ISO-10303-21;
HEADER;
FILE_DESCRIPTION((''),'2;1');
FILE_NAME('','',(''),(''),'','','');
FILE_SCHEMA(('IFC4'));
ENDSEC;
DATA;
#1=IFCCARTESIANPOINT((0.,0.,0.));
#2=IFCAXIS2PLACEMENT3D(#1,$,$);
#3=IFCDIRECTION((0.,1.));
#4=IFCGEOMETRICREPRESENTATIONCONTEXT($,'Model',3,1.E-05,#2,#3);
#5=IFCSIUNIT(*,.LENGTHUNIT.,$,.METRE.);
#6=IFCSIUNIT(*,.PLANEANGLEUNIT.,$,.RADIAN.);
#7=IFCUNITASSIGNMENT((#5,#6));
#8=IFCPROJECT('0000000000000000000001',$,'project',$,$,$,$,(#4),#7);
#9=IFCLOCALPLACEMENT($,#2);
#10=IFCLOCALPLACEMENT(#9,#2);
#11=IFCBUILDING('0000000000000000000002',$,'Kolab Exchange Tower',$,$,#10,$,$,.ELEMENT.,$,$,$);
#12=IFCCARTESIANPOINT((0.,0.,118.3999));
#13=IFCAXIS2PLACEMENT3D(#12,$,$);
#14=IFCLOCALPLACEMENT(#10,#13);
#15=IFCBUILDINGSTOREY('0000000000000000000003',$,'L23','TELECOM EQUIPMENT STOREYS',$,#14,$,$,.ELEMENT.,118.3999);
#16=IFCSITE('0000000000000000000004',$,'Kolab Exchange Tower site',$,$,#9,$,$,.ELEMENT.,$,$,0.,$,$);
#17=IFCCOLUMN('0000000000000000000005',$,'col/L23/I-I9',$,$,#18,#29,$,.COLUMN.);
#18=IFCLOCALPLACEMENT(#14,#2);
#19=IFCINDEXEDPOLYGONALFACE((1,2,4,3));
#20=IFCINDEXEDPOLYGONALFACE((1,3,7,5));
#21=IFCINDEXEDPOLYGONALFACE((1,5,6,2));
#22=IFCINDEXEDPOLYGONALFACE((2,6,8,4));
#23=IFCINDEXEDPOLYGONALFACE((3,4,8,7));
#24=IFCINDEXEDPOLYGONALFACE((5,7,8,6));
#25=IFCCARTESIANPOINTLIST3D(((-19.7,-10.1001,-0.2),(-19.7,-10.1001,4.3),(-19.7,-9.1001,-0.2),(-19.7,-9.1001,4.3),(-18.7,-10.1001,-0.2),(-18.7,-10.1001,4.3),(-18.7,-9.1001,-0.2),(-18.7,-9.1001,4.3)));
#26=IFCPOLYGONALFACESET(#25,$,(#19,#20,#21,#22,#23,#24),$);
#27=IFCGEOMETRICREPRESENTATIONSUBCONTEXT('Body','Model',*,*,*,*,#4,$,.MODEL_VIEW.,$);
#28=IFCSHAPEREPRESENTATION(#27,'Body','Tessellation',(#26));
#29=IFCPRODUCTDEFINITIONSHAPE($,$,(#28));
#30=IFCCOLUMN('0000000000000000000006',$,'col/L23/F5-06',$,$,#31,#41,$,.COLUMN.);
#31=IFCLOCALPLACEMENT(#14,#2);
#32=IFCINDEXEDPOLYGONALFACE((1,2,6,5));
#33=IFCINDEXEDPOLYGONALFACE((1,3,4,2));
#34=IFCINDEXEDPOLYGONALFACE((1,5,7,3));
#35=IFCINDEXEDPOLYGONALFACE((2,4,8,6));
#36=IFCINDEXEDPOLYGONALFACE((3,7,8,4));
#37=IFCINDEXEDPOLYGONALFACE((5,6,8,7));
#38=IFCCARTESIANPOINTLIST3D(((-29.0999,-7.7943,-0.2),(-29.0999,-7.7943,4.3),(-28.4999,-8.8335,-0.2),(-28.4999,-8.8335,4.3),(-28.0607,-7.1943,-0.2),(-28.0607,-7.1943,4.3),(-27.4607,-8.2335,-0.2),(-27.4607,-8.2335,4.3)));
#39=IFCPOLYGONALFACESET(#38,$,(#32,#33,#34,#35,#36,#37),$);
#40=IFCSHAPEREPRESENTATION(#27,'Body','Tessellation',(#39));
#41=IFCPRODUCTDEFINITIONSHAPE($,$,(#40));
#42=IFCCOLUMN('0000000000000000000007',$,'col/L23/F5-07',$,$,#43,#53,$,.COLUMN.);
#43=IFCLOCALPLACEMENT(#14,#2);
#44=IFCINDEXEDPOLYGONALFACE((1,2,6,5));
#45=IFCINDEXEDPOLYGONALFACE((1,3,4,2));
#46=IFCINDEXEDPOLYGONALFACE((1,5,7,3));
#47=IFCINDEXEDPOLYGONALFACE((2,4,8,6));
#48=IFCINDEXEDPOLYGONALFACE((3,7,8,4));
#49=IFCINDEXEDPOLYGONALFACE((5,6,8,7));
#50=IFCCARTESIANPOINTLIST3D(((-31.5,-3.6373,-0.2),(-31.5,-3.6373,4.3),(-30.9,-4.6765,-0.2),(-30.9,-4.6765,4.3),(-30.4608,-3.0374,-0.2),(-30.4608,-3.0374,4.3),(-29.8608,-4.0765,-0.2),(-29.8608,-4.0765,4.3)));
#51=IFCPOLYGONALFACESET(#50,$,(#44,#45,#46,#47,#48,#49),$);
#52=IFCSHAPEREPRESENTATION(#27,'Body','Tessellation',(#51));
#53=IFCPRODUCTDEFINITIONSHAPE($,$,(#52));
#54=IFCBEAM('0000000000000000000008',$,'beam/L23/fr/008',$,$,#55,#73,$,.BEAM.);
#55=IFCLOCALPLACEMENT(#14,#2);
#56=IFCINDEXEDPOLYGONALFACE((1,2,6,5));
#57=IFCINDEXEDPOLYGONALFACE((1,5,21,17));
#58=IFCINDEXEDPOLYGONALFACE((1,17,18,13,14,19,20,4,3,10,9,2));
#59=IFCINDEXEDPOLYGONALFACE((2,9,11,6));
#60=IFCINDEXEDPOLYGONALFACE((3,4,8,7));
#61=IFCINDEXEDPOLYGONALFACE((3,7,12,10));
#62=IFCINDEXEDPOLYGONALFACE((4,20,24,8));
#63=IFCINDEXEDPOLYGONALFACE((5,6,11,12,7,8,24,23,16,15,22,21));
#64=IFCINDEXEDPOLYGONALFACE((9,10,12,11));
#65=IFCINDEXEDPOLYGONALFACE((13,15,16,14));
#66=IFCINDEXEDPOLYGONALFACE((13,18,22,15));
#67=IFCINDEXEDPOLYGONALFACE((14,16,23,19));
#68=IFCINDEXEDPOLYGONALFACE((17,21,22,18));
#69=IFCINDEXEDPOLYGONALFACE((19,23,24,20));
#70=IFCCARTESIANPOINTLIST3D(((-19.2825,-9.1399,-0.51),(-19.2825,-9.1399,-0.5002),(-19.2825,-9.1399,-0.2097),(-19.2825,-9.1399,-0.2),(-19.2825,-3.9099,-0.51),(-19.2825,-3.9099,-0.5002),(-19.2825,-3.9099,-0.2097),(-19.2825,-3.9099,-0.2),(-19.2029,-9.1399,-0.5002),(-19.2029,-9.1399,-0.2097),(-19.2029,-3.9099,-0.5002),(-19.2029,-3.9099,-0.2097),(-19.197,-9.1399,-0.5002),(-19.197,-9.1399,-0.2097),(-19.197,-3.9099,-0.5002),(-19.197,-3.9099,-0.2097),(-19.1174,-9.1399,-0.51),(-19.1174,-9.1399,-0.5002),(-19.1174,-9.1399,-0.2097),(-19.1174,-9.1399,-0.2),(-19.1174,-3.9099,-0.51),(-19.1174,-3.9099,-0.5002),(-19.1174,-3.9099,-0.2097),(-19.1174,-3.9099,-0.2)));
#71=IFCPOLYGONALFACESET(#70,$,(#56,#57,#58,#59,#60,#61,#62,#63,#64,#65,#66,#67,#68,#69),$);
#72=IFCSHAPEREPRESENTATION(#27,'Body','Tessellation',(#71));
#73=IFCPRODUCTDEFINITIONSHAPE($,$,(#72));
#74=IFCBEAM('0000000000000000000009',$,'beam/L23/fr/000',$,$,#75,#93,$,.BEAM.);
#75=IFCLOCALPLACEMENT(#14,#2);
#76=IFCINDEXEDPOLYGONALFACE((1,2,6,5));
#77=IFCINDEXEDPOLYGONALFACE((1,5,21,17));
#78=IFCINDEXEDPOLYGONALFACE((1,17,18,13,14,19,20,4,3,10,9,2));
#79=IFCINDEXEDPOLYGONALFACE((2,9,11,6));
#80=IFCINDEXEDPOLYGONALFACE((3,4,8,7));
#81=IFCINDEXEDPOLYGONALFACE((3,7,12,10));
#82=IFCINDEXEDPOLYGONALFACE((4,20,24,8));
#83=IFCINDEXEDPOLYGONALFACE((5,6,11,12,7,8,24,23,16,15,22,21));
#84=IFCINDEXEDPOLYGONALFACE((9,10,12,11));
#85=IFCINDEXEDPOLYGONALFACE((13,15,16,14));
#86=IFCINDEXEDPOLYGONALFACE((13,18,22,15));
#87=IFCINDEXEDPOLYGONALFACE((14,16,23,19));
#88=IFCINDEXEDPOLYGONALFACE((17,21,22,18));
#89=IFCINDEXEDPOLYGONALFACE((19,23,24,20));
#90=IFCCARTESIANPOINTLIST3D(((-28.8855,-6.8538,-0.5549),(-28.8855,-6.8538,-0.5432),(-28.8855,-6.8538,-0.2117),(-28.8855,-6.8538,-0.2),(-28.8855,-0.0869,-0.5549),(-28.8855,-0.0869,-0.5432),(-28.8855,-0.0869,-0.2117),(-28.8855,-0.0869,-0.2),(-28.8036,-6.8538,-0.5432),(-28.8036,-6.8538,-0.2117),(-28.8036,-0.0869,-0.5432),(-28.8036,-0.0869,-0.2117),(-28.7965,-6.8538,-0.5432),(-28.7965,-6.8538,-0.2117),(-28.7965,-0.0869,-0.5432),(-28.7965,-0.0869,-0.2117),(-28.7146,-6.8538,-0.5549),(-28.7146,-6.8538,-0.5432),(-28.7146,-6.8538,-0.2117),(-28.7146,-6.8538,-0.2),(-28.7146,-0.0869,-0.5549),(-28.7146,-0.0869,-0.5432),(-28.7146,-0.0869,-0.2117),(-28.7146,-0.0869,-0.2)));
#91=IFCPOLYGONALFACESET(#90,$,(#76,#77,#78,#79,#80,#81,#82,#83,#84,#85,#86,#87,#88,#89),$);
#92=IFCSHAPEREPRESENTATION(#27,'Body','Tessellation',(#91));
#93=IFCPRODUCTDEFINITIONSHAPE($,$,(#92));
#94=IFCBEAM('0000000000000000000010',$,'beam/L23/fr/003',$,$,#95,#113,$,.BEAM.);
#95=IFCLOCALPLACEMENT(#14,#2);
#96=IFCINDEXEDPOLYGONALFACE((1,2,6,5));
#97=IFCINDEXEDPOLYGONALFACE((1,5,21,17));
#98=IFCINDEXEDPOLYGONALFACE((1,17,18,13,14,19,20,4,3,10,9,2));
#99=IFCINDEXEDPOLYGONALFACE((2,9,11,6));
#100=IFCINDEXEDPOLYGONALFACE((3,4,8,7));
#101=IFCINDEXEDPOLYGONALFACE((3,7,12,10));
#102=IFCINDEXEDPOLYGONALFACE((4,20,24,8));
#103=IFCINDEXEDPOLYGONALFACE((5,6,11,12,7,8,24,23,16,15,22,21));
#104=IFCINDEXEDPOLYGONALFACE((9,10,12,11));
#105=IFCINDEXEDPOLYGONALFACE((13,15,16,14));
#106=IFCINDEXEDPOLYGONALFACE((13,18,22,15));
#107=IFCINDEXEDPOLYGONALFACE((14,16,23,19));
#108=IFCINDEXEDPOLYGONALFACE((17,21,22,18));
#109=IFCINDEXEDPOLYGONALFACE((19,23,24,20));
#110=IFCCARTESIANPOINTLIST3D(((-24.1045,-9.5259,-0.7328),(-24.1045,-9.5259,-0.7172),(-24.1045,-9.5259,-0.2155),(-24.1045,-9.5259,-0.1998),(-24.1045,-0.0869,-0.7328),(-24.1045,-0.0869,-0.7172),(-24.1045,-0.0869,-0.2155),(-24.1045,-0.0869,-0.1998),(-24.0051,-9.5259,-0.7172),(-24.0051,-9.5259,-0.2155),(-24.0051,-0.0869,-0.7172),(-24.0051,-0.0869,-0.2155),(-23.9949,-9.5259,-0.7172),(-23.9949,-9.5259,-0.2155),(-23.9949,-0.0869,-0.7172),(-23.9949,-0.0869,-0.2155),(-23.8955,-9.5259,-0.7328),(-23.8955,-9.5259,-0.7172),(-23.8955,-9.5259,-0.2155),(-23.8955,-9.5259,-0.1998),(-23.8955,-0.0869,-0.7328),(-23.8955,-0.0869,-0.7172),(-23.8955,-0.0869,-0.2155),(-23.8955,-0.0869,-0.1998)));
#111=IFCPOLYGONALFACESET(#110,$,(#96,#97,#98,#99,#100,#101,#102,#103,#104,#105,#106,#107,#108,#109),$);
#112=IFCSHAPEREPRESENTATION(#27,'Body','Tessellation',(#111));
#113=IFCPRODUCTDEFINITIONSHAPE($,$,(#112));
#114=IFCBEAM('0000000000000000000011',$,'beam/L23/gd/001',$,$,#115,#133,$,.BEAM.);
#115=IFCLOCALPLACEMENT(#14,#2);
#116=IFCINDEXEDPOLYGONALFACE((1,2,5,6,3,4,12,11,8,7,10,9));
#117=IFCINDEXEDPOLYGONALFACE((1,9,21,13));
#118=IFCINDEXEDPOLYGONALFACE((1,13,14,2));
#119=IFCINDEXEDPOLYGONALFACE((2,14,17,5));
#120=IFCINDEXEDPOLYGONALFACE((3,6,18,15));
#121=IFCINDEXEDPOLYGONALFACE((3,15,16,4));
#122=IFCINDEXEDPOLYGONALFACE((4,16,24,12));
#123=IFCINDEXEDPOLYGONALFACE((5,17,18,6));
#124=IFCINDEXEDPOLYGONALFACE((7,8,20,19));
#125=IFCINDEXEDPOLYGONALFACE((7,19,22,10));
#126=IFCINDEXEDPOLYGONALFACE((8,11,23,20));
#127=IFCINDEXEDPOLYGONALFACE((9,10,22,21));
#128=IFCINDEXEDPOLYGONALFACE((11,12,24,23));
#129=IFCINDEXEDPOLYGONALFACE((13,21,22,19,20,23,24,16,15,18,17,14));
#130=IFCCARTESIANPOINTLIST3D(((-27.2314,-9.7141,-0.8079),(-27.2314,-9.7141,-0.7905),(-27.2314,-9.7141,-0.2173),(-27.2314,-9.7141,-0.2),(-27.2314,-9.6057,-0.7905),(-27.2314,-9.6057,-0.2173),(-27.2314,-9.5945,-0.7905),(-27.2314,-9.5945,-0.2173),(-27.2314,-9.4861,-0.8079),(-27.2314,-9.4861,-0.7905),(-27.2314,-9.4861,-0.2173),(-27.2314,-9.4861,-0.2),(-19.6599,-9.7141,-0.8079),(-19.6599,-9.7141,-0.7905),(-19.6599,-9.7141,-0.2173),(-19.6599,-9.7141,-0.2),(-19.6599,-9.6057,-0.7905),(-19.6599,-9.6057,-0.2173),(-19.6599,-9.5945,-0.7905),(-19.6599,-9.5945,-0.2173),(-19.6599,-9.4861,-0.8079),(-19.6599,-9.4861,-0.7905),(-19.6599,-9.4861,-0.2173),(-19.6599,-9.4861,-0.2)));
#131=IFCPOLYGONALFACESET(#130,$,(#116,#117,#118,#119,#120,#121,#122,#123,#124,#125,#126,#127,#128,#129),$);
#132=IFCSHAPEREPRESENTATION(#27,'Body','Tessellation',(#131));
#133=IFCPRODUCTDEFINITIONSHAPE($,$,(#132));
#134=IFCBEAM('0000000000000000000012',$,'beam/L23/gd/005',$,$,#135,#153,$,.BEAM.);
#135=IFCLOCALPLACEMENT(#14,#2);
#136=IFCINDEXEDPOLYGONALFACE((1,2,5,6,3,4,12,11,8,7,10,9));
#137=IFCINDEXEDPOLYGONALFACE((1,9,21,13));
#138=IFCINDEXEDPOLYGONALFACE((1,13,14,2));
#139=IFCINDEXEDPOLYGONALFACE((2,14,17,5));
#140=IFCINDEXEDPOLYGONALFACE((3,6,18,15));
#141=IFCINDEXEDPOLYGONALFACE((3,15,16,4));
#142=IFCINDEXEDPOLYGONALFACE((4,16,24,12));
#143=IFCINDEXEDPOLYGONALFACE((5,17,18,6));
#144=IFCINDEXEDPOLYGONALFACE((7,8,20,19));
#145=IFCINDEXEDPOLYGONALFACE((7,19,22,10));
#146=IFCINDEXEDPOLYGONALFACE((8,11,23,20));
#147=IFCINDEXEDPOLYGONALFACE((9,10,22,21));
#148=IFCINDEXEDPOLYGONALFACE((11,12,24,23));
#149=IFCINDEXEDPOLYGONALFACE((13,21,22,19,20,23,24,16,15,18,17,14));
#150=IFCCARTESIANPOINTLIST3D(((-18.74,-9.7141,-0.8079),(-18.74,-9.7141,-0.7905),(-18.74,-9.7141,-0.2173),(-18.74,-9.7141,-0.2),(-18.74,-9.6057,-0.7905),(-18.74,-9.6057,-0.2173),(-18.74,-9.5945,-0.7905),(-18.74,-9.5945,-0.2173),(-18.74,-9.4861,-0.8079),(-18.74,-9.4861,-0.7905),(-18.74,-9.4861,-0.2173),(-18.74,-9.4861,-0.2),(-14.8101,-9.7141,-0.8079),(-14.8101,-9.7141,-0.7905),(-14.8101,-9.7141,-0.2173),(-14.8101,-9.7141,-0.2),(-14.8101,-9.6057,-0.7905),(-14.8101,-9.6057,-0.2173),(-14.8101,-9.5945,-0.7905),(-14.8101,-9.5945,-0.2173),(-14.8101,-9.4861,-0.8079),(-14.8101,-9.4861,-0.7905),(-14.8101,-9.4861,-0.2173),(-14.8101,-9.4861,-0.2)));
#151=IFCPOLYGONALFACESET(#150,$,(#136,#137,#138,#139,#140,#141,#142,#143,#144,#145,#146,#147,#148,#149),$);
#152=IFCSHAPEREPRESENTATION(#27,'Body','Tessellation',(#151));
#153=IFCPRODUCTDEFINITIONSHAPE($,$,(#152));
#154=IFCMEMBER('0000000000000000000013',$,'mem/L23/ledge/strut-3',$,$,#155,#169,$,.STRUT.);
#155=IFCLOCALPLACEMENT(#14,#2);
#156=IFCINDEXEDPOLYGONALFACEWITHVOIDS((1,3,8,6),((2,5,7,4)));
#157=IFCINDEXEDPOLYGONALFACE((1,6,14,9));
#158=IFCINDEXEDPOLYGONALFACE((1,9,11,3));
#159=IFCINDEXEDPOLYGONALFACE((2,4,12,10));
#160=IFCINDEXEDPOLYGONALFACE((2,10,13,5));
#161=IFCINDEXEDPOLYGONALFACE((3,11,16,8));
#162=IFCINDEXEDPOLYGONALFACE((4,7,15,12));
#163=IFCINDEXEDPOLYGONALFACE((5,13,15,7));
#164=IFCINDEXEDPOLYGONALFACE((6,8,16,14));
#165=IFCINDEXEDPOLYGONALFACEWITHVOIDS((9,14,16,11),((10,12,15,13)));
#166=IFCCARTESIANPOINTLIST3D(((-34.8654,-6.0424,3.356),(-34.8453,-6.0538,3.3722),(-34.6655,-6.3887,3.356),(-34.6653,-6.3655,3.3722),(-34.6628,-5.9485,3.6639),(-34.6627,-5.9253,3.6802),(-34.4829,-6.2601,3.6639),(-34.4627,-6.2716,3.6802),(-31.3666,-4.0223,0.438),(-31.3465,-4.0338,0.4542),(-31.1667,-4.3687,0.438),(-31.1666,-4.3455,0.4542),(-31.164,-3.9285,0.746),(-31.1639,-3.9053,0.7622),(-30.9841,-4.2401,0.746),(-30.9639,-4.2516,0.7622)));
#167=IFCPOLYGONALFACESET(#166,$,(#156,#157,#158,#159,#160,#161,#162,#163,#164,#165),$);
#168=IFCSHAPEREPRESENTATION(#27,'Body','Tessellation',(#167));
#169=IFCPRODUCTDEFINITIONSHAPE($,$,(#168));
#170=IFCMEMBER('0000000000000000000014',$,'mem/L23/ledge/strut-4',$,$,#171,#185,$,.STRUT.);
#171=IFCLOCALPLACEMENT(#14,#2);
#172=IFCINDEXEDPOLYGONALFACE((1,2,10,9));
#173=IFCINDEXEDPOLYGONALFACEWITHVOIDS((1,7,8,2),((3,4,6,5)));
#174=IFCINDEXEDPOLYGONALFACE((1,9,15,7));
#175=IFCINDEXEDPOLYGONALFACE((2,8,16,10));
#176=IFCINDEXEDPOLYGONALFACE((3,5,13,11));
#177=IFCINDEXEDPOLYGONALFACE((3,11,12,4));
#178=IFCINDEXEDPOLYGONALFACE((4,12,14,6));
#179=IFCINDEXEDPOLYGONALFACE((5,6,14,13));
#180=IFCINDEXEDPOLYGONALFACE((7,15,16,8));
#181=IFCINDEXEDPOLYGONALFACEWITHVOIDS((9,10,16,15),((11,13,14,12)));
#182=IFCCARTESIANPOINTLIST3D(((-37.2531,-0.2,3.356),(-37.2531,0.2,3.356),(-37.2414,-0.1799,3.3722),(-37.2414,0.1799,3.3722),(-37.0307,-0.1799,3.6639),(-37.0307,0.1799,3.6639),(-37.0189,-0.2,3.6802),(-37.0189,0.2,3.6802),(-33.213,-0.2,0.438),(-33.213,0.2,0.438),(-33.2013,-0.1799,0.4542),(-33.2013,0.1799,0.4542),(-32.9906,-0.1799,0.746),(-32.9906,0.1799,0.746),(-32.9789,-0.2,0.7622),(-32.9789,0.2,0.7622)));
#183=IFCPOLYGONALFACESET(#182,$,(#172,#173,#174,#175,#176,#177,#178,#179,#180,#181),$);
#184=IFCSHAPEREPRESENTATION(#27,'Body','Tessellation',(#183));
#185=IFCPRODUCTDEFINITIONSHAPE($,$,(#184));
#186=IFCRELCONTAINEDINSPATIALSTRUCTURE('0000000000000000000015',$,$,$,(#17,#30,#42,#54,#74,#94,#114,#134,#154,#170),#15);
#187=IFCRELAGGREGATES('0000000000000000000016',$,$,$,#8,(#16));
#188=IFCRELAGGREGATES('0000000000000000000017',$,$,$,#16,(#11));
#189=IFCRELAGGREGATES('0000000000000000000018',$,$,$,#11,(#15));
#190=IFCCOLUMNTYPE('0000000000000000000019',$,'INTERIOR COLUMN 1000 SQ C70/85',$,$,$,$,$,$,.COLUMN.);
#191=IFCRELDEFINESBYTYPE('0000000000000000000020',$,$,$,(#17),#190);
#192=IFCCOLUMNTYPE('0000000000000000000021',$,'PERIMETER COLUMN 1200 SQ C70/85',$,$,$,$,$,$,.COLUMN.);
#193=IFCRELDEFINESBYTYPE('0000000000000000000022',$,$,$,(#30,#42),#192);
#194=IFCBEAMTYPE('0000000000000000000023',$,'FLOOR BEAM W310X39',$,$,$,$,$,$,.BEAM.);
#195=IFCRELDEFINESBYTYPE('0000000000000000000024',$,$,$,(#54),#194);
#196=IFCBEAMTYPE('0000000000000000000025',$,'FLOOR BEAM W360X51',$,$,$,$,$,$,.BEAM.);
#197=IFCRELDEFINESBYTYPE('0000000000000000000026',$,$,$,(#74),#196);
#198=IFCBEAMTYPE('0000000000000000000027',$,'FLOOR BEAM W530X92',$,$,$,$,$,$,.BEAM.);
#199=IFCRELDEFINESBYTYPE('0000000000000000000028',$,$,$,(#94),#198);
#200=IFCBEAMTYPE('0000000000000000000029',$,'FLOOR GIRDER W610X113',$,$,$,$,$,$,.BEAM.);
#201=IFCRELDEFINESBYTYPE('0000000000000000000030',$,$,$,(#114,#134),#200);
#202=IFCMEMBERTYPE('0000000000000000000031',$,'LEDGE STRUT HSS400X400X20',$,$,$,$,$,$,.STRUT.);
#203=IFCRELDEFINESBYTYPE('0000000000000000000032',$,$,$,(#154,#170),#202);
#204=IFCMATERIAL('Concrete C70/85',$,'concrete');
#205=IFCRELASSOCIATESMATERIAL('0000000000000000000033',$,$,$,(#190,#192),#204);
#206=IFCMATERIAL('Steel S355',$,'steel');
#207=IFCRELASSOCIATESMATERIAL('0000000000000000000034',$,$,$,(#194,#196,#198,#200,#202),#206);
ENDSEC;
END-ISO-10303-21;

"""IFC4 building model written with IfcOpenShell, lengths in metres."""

from ifc_helpers import new_model, si_unit, direction, frame, origin, origin_2d, place, context, subcontext, project, spatial, rectangle, hollow_rectangle, i_section, extrude, material, material_profile, profile_set, type_object, element, save


model = new_model("IFC4")

# Units and contexts
model_context = context("Model", 3, precision=1e-05, world=origin(), true_north=direction((0.0, 1.0)))
body_context = subcontext(model_context, "Body", "Model", "MODEL_VIEW")
ifc_project = project(units=[si_unit("LENGTHUNIT", "METRE"), si_unit("PLANEANGLEUNIT", "RADIAN")], contexts=[model_context])

# Site, building, storey
site_placement = place(None, origin())
site = spatial("IfcSite", under=ifc_project, at=site_placement, Name="Kolab Exchange Tower site", CompositionType="ELEMENT", RefElevation=0.0)
building_placement = place(site_placement, origin())
building = spatial("IfcBuilding", under=site, at=building_placement, Name="Kolab Exchange Tower", CompositionType="ELEMENT")
storey_placement = place(building_placement, frame((0.0, 0.0, 118.3999)))
storey = spatial("IfcBuildingStorey", under=building, at=storey_placement, Name="L23", Description="TELECOM EQUIPMENT STOREYS", CompositionType="ELEMENT", Elevation=118.3999)

# Columns
ifc_material_1 = material(Name="Concrete C70/85", Category="concrete")
ifc_material_profile_1 = material_profile(ifc_material_1, rectangle(XDim=1.0, YDim=1.0, at=origin_2d()), Name="RC1000")
ifc_profile_set_1 = profile_set([ifc_material_profile_1], Name="Concrete C70/85")
column_type_1 = type_object("IfcColumnType", Name="INTERIOR COLUMN 1000 SQ C70/85", PredefinedType="COLUMN", material=ifc_profile_set_1)
column_placement = place(storey_placement, frame((-19.2, -9.6001, -0.2), z_axis=(0.0, 0.0, 1.0), x_axis=(1.0, 0.0, 0.0)))
element("IfcColumn", 1, at=column_placement, inside=storey, type_object=column_type_1, Name="col/L23/I-I9", PredefinedType="COLUMN", context=body_context, shape_type="SweptSolid", body=[
    extrude(rectangle(XDim=1.0, YDim=1.0, at=origin_2d()), origin(), (0.0, 0.0, 1.0), 4.5),
])
ifc_material_profile_2 = material_profile(ifc_material_1, rectangle(XDim=1.2, YDim=1.2, at=origin_2d()), Name="RC1200")
ifc_profile_set_2 = profile_set([ifc_material_profile_2], Name="Concrete C70/85")
column_type_2 = type_object("IfcColumnType", Name="PERIMETER COLUMN 1200 SQ C70/85", PredefinedType="COLUMN", material=ifc_profile_set_2)
for number, where, z_axis, x_axis, name in (
    (2, (-28.2803, -8.0139, -0.2), (0.0, 0.0, 1.0), (0.866025, 0.5, 0.0), "col/L23/F5-06"),
    (3, (-30.6804, -3.8569, -0.2), (0.0, 0.0, 1.0), (0.866025, 0.5, 0.0), "col/L23/F5-07"),
):
    element("IfcColumn", number, at=place(storey_placement, frame(where, z_axis=z_axis, x_axis=x_axis)), inside=storey, type_object=column_type_2, Name=name, PredefinedType="COLUMN", context=body_context, shape_type="SweptSolid", body=[
        extrude(rectangle(XDim=1.2, YDim=1.2, at=origin_2d()), origin(), (0.0, 0.0, 1.0), 4.5),
    ])

# Beams
ifc_material_2 = material(Name="Steel S355", Category="steel")
ifc_material_profile_3 = material_profile(ifc_material_2, i_section(OverallWidth=0.165, OverallDepth=0.3101, WebThickness=0.0059, FlangeThickness=0.0098, at=origin_2d()), Name="W310X39")
ifc_profile_set_3 = profile_set([ifc_material_profile_3], Name="Steel S355")
beam_type_1 = type_object("IfcBeamType", Name="FLOOR BEAM W310X39", PredefinedType="BEAM", material=ifc_profile_set_3)
beam_1_placement = place(storey_placement, frame((-19.2, -9.1399, -0.355), z_axis=(0.0, 1.0, 0.0), x_axis=(-1.0, 0.0, 0.0)))
element("IfcBeam", 4, at=beam_1_placement, inside=storey, type_object=beam_type_1, Name="beam/L23/fr/008", PredefinedType="BEAM", context=body_context, shape_type="SweptSolid", body=[
    extrude(i_section(OverallWidth=0.165, OverallDepth=0.3101, WebThickness=0.0059, FlangeThickness=0.0098, at=origin_2d()), origin(), (0.0, 0.0, 1.0), 5.23),
])
ifc_material_profile_4 = material_profile(ifc_material_2, i_section(OverallWidth=0.1709, OverallDepth=0.355, WebThickness=0.0071, FlangeThickness=0.0117, at=origin_2d()), Name="W360X51")
ifc_profile_set_4 = profile_set([ifc_material_profile_4], Name="Steel S355")
beam_type_2 = type_object("IfcBeamType", Name="FLOOR BEAM W360X51", PredefinedType="BEAM", material=ifc_profile_set_4)
beam_2_placement = place(storey_placement, frame((-28.8, -6.8538, -0.3774), z_axis=(0.0, 1.0, 0.0), x_axis=(-1.0, 0.0, 0.0)))
element("IfcBeam", 5, at=beam_2_placement, inside=storey, type_object=beam_type_2, Name="beam/L23/fr/000", PredefinedType="BEAM", context=body_context, shape_type="SweptSolid", body=[
    extrude(i_section(OverallWidth=0.1709, OverallDepth=0.355, WebThickness=0.0071, FlangeThickness=0.0117, at=origin_2d()), origin(), (0.0, 0.0, 1.0), 6.7668),
])
ifc_material_profile_5 = material_profile(ifc_material_2, i_section(OverallWidth=0.209, OverallDepth=0.533, WebThickness=0.0103, FlangeThickness=0.0156, at=origin_2d()), Name="W530X92")
ifc_profile_set_5 = profile_set([ifc_material_profile_5], Name="Steel S355")
beam_type_3 = type_object("IfcBeamType", Name="FLOOR BEAM W530X92", PredefinedType="BEAM", material=ifc_profile_set_5)
beam_3_placement = place(storey_placement, frame((-24.0, -9.5259, -0.4663), z_axis=(0.0, 1.0, 0.0), x_axis=(-1.0, 0.0, 0.0)))
element("IfcBeam", 6, at=beam_3_placement, inside=storey, type_object=beam_type_3, Name="beam/L23/fr/003", PredefinedType="BEAM", context=body_context, shape_type="SweptSolid", body=[
    extrude(i_section(OverallWidth=0.209, OverallDepth=0.533, WebThickness=0.0103, FlangeThickness=0.0156, at=origin_2d()), origin(), (0.0, 0.0, 1.0), 9.439),
])
ifc_material_profile_6 = material_profile(ifc_material_2, i_section(OverallWidth=0.228, OverallDepth=0.6079, WebThickness=0.0112, FlangeThickness=0.0173, at=origin_2d()), Name="W610X113")
ifc_profile_set_6 = profile_set([ifc_material_profile_6], Name="Steel S355")
beam_type_4 = type_object("IfcBeamType", Name="FLOOR GIRDER W610X113", PredefinedType="BEAM", material=ifc_profile_set_6)
beam_4_placement = place(storey_placement, frame((-27.2314, -9.6001, -0.5039), z_axis=(1.0, 0.0, 0.0), x_axis=(0.0, 1.0, 0.0)))
element("IfcBeam", 7, at=beam_4_placement, inside=storey, type_object=beam_type_4, Name="beam/L23/gd/001", PredefinedType="BEAM", context=body_context, shape_type="SweptSolid", body=[
    extrude(i_section(OverallWidth=0.228, OverallDepth=0.6079, WebThickness=0.0112, FlangeThickness=0.0173, at=origin_2d()), origin(), (0.0, 0.0, 1.0), 7.5715),
])
beam_5_placement = place(storey_placement, frame((-18.74, -9.6001, -0.5039), z_axis=(1.0, 0.0, 0.0), x_axis=(0.0, 1.0, 0.0)))
element("IfcBeam", 8, at=beam_5_placement, inside=storey, type_object=beam_type_4, Name="beam/L23/gd/005", PredefinedType="BEAM", context=body_context, shape_type="SweptSolid", body=[
    extrude(i_section(OverallWidth=0.228, OverallDepth=0.6079, WebThickness=0.0112, FlangeThickness=0.0173, at=origin_2d()), origin(), (0.0, 0.0, 1.0), 3.9299),
])

# Members
ifc_material_profile_7 = material_profile(ifc_material_2, hollow_rectangle(XDim=0.3999, YDim=0.3999, WallThickness=0.02, at=origin_2d()), Name="HSS400X400X20")
ifc_profile_set_7 = profile_set([ifc_material_profile_7], Name="Steel S355")
member_type_1 = type_object("IfcMemberType", Name="LEDGE STRUT HSS400X400X20", PredefinedType="STRUT", material=ifc_profile_set_7)
for number, where, z_axis, x_axis, name in (
    (9, (-31.1653, -4.137, 0.6001), (-0.702056, -0.405332, 0.585512), (0.5, -0.866026, 0.0), "mem/L23/ledge/strut-3"),
    (10, (-33.0959, 0.0, 0.6001), (-0.810664, 0.0, 0.585512), (0.0, -1.0, 0.0), "mem/L23/ledge/strut-4"),
):
    element("IfcMember", number, at=place(storey_placement, frame(where, z_axis=z_axis, x_axis=x_axis)), inside=storey, type_object=member_type_1, Name=name, PredefinedType="STRUT", context=body_context, shape_type="SweptSolid", body=[
        extrude(hollow_rectangle(XDim=0.3999, YDim=0.3999, WallThickness=0.02, at=origin_2d()), origin(), (0.0, 0.0, 1.0), 4.9836),
    ])

save(model, "model.ifc")
